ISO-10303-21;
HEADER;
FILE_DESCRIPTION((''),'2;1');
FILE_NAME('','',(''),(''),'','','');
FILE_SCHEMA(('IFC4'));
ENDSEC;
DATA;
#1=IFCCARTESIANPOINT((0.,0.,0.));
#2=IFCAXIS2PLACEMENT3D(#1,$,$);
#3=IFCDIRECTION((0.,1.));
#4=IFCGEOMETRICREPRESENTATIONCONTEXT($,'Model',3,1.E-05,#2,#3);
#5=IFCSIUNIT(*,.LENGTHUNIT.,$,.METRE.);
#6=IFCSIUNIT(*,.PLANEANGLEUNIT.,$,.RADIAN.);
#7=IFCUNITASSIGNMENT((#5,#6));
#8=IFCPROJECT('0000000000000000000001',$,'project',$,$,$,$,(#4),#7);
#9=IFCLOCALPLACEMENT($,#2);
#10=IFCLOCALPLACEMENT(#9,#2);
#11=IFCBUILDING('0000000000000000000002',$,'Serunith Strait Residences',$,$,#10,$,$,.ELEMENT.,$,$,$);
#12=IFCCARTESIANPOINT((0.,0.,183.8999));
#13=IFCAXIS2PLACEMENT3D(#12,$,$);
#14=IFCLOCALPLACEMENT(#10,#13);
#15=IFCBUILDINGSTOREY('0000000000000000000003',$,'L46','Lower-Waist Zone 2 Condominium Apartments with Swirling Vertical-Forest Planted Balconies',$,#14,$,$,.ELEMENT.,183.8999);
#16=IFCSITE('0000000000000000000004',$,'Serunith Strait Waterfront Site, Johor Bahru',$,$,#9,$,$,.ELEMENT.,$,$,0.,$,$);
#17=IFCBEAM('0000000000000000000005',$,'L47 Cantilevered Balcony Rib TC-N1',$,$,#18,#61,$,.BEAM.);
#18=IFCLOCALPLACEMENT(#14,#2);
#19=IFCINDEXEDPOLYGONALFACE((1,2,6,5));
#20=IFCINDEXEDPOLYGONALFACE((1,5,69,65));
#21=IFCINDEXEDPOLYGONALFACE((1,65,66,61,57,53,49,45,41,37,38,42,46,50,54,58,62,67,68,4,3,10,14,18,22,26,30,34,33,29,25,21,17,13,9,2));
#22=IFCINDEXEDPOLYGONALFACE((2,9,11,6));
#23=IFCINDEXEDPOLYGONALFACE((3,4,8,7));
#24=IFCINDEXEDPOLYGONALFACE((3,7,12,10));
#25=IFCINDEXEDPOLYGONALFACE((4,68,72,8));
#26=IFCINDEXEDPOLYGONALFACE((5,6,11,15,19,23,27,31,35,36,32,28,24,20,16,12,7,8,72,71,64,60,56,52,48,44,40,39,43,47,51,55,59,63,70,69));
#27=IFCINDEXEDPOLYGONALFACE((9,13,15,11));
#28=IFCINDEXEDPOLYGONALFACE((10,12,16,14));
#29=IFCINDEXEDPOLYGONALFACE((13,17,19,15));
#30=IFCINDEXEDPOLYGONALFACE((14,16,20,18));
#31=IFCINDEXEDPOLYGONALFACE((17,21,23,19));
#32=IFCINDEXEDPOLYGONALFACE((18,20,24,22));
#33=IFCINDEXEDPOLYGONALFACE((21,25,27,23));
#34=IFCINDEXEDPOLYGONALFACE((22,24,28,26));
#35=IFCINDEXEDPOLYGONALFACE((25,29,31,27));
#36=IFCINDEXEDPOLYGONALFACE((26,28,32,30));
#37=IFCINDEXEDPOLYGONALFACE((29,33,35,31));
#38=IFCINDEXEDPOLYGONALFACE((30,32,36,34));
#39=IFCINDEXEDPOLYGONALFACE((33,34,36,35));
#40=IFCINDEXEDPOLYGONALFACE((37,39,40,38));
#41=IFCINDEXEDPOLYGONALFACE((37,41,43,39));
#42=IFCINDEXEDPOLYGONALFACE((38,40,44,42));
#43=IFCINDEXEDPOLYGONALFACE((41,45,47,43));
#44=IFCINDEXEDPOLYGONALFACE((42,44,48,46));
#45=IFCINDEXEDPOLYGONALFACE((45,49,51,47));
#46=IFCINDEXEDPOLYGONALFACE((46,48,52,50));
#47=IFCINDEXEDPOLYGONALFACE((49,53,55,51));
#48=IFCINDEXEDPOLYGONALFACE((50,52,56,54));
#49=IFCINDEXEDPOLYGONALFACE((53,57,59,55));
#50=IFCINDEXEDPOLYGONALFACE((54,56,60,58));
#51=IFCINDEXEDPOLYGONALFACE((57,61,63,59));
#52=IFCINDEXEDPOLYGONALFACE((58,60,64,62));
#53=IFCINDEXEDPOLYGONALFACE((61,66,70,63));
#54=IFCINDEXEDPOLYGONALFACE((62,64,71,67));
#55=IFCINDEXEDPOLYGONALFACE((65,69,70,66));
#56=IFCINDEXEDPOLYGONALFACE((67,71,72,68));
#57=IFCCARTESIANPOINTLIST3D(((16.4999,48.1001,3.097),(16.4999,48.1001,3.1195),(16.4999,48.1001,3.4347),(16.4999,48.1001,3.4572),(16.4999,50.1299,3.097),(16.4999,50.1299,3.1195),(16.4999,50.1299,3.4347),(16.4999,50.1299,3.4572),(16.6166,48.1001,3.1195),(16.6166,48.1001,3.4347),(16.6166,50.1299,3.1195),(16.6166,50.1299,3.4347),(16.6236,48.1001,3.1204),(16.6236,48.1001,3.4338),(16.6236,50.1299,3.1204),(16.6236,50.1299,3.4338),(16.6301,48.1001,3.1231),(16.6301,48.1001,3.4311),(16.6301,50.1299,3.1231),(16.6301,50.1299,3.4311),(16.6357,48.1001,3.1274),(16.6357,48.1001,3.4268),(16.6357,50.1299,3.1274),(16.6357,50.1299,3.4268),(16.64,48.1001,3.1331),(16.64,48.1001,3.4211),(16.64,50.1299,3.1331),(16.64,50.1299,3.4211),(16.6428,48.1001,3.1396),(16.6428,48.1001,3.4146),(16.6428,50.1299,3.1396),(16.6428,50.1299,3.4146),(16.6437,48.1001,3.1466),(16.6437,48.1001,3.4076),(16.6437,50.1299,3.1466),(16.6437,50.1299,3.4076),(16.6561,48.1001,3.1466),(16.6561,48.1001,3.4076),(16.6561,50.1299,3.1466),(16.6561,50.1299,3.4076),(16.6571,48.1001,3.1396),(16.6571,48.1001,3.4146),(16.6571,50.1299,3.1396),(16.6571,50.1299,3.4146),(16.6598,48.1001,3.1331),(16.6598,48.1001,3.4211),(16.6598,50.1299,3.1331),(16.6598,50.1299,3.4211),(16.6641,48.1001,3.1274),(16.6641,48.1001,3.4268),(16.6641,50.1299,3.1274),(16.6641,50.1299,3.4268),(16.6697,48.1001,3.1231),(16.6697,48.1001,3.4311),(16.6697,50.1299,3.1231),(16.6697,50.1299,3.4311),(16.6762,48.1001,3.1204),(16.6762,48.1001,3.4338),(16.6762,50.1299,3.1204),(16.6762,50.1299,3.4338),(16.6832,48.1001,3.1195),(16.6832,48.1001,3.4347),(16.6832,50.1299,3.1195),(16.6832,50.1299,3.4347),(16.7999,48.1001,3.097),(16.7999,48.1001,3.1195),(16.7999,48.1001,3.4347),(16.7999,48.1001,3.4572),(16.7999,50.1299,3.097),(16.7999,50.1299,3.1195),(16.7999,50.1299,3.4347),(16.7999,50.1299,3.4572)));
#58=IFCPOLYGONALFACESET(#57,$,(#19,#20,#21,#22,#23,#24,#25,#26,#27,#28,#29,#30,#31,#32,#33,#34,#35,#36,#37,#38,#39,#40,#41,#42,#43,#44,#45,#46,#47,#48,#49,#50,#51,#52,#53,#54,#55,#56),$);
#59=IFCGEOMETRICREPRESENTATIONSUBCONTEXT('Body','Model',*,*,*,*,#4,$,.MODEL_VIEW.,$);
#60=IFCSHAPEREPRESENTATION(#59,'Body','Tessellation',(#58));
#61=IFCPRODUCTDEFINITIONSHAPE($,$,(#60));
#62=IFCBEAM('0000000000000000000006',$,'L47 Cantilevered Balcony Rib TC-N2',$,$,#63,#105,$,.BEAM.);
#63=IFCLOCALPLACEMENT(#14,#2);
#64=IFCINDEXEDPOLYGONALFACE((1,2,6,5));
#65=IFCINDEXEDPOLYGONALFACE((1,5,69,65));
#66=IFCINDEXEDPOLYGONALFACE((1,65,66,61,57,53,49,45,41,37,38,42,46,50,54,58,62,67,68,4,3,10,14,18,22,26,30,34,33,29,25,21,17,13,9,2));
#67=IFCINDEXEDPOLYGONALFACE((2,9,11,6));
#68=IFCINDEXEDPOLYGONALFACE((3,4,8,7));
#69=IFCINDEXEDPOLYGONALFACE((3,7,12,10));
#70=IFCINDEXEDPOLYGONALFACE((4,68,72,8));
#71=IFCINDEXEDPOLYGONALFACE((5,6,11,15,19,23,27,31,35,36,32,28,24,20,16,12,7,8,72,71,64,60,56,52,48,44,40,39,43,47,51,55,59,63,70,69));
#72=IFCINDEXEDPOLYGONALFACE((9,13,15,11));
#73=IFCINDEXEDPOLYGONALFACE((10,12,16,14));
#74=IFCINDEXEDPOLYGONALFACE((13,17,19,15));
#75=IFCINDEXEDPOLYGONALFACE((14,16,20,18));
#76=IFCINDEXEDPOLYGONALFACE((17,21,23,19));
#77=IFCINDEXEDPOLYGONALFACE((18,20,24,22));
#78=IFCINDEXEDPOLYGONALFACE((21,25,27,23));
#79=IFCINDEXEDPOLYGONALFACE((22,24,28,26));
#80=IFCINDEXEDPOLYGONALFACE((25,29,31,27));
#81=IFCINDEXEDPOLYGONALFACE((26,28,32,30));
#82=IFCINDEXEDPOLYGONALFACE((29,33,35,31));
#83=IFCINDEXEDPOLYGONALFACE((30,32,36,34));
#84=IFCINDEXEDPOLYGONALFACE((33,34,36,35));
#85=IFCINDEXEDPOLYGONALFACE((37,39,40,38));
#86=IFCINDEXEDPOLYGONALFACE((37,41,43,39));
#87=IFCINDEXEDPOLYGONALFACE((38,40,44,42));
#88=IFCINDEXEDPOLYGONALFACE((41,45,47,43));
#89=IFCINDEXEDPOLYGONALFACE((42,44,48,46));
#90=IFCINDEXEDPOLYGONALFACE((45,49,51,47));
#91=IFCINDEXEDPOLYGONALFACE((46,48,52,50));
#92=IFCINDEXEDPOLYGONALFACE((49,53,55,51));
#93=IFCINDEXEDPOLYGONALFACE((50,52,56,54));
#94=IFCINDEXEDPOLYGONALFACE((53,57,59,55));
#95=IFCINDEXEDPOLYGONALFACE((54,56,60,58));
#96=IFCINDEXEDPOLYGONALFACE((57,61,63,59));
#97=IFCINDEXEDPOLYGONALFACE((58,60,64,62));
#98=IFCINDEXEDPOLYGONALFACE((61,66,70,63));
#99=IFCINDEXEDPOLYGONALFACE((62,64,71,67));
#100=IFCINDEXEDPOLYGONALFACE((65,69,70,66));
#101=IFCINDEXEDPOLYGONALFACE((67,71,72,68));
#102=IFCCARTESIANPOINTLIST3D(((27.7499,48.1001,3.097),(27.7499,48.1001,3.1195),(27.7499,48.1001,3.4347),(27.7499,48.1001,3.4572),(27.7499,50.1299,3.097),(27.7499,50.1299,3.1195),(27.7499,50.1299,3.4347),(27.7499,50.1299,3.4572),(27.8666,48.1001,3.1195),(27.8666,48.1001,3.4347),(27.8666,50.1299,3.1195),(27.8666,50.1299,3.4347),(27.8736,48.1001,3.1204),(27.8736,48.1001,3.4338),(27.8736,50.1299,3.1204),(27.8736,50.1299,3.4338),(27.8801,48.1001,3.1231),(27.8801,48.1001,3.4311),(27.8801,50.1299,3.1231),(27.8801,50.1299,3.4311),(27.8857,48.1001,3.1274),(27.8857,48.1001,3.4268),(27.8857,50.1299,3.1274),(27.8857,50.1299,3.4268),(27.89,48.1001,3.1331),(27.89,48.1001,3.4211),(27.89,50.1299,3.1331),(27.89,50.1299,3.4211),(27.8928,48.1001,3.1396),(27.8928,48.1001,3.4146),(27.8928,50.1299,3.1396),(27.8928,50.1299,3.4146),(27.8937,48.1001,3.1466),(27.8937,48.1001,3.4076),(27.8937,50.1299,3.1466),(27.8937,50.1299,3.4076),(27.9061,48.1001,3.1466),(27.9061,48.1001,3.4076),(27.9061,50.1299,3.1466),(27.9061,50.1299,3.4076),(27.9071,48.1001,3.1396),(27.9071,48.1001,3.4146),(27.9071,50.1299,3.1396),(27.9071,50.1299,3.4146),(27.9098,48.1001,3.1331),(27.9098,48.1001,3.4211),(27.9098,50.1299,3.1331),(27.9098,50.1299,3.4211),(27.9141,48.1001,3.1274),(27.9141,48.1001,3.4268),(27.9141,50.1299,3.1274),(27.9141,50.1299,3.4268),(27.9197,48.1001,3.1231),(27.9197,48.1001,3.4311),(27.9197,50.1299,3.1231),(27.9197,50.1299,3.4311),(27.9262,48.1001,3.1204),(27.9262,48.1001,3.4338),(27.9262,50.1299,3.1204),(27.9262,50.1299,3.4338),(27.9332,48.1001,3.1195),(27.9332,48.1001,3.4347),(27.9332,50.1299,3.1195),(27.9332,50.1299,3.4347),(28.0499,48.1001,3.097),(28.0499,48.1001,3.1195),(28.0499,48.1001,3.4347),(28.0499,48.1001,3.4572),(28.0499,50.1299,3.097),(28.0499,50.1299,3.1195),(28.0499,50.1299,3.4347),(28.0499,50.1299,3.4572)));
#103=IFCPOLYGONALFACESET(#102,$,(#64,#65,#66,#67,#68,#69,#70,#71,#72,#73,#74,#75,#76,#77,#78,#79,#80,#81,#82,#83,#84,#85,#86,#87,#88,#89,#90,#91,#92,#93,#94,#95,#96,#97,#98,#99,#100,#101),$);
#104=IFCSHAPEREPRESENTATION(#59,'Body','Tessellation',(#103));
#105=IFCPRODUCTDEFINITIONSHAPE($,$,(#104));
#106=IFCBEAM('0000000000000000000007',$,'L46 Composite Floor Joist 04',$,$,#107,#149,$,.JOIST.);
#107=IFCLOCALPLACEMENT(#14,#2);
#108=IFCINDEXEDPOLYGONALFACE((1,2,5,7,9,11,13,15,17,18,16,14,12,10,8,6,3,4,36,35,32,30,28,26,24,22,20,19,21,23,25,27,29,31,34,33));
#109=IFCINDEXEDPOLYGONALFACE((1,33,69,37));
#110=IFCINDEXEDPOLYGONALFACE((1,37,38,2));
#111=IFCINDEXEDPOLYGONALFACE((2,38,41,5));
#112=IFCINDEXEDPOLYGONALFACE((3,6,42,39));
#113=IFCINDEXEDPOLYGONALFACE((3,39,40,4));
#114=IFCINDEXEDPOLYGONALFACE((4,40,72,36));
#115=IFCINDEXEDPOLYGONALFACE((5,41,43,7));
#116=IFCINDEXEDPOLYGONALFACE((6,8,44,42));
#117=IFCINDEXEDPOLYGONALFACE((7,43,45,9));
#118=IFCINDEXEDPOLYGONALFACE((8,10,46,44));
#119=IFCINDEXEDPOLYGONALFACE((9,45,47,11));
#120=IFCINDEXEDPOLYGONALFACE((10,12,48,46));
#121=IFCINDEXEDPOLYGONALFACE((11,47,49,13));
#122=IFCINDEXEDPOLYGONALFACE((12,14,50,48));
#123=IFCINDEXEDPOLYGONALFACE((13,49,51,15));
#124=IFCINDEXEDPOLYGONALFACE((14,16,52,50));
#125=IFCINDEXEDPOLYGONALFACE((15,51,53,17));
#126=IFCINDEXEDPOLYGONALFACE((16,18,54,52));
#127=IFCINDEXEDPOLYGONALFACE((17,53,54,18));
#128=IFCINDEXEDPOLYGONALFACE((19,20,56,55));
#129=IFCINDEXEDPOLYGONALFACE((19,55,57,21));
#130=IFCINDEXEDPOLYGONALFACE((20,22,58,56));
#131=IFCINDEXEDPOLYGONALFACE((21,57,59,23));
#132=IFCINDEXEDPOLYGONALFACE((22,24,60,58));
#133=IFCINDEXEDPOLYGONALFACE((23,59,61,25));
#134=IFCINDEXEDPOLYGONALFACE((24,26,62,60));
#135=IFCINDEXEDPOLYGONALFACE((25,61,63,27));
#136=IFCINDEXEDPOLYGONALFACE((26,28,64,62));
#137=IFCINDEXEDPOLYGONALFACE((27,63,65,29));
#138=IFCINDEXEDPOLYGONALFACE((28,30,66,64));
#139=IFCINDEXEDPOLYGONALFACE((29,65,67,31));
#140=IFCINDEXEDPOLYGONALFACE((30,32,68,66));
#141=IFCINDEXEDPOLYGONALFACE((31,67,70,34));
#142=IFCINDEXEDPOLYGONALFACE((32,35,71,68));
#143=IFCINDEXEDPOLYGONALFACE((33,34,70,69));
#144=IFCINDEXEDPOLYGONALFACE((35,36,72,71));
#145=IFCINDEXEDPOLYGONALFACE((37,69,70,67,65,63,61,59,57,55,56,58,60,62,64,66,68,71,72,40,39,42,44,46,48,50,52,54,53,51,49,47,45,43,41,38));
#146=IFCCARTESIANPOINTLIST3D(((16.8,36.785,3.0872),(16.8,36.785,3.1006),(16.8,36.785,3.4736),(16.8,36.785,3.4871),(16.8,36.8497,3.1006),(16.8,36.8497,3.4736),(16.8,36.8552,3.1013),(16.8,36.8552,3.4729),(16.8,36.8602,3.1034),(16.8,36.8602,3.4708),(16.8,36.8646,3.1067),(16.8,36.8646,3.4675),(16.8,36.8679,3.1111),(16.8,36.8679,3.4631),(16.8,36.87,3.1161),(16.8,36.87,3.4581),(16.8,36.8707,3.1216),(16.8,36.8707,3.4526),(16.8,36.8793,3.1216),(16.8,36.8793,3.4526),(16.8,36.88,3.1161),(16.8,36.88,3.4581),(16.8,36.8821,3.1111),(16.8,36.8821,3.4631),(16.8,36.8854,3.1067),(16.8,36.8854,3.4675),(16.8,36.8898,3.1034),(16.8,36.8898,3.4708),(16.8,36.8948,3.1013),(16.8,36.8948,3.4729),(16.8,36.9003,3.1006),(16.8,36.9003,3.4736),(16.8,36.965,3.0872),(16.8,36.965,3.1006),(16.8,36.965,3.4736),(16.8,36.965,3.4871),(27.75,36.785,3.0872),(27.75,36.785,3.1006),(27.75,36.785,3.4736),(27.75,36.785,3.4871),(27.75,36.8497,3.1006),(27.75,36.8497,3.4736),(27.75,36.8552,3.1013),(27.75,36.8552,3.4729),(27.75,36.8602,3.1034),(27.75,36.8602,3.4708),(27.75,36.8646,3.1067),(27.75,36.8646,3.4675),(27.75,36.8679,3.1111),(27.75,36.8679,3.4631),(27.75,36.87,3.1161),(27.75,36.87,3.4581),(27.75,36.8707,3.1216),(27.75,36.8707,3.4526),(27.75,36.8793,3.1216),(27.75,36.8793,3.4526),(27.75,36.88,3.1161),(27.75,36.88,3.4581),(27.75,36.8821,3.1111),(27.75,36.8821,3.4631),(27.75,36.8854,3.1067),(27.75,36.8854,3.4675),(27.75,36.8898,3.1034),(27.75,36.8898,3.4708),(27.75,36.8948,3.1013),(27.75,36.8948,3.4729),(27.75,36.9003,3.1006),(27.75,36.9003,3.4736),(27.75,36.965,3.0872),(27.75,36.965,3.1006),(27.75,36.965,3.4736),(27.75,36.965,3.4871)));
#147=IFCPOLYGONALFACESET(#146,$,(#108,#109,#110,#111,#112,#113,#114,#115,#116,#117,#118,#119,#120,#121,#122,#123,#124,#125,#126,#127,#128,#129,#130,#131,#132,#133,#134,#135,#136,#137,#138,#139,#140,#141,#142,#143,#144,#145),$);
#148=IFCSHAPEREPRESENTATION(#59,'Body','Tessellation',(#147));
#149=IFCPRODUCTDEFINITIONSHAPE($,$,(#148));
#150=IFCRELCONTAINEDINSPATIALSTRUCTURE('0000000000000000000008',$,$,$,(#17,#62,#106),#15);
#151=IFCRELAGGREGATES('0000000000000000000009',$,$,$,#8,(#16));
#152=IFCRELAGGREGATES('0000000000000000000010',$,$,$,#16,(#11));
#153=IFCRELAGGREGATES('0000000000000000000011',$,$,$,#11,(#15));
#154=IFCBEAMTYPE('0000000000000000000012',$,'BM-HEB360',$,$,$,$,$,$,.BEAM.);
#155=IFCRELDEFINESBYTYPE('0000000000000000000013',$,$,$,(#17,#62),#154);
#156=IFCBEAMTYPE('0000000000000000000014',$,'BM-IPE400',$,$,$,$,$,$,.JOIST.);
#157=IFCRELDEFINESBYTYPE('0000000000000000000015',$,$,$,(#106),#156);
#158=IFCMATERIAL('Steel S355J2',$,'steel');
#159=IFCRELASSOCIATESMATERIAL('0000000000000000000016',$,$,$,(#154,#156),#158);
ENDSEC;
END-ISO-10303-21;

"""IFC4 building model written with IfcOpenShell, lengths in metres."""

from ifc_helpers import new_model, si_unit, direction, frame, origin, origin_2d, place, context, subcontext, project, spatial, i_section, extrude, source, transform, mapped, material, material_profile, profile_set, type_object, element, save


model = new_model("IFC4")

# Units and contexts
model_context = context("Model", 3, precision=1e-05, world=origin(), true_north=direction((0.0, 1.0)))
body_context = subcontext(model_context, "Body", "Model", "MODEL_VIEW")
ifc_project = project(units=[si_unit("LENGTHUNIT", "METRE"), si_unit("PLANEANGLEUNIT", "RADIAN")], contexts=[model_context])

# Site, building, storey
site_placement = place(None, origin())
site = spatial("IfcSite", under=ifc_project, at=site_placement, Name="Serunith Strait Waterfront Site, Johor Bahru", CompositionType="ELEMENT", RefElevation=0.0)
building_placement = place(site_placement, origin())
building = spatial("IfcBuilding", under=site, at=building_placement, Name="Serunith Strait Residences", CompositionType="ELEMENT")
storey_placement = place(building_placement, frame((0.0, 0.0, 183.8999)))
storey = spatial("IfcBuildingStorey", under=building, at=storey_placement, Name="L46", Description="Lower-Waist Zone 2 Condominium Apartments with Swirling Vertical-Forest Planted Balconies", CompositionType="ELEMENT", Elevation=183.8999)

# Beams
ifc_material_1 = material(Name="Steel S355J2", Category="steel")
ifc_material_profile_1 = material_profile(ifc_material_1, i_section(OverallWidth=0.3, OverallDepth=0.3601, WebThickness=0.0125, FlangeThickness=0.0225, FilletRadius=0.0271, at=origin_2d()), Name="HEB 360")
ifc_profile_set_1 = profile_set([ifc_material_profile_1], Name="Steel S355J2")
beam_type_1 = type_object("IfcBeamType", Name="BM-HEB360", PredefinedType="BEAM", material=ifc_profile_set_1)
shared_shape_1 = source(origin(), body_context, "Body", "SweptSolid", [
    extrude(i_section(OverallWidth=0.3, OverallDepth=0.3601, WebThickness=0.0125, FlangeThickness=0.0225, FilletRadius=0.0271, at=origin_2d()), origin(), (0.0, 0.0, 1.0), 2.0298),
])
for number, where, z_axis, x_axis, name in (
    (1, (16.6499, 48.1001, 3.2771), (0.0, 1.0, 0.0), (-1.0, 0.0, 0.0), "L47 Cantilevered Balcony Rib TC-N1"),
    (2, (27.8999, 48.1001, 3.2771), (0.0, 1.0, 0.0), (-1.0, 0.0, 0.0), "L47 Cantilevered Balcony Rib TC-N2"),
):
    element("IfcBeam", number, at=place(storey_placement, frame(where, z_axis=z_axis, x_axis=x_axis)), inside=storey, type_object=beam_type_1, Name=name, PredefinedType="BEAM", context=body_context, shape_type="MappedRepresentation", body=[
        mapped(shared_shape_1, transform((0.0, 0.0, 0.0), scale=1.0)),
    ])
ifc_material_profile_2 = material_profile(ifc_material_1, i_section(OverallWidth=0.1799, OverallDepth=0.3999, WebThickness=0.0085, FlangeThickness=0.0134, FilletRadius=0.021, at=origin_2d()), Name="IPE 400")
ifc_profile_set_2 = profile_set([ifc_material_profile_2], Name="Steel S355J2")
beam_type_2 = type_object("IfcBeamType", Name="BM-IPE400", PredefinedType="JOIST", material=ifc_profile_set_2)
shared_shape_2 = source(origin(), body_context, "Body", "SweptSolid", [
    extrude(i_section(OverallWidth=0.1799, OverallDepth=0.3999, WebThickness=0.0085, FlangeThickness=0.0134, FilletRadius=0.021, at=origin_2d()), origin(), (0.0, 0.0, 1.0), 10.95),
])
beam_1_placement = place(storey_placement, frame((16.8, 36.875, 3.2871), z_axis=(1.0, 0.0, 0.0), x_axis=(0.0, 1.0, 0.0)))
element("IfcBeam", 3, at=beam_1_placement, inside=storey, type_object=beam_type_2, Name="L46 Composite Floor Joist 04", PredefinedType="JOIST", context=body_context, shape_type="MappedRepresentation", body=[
    mapped(shared_shape_2, transform((0.0, 0.0, 0.0), scale=1.0)),
])

save(model, "model.ifc")
